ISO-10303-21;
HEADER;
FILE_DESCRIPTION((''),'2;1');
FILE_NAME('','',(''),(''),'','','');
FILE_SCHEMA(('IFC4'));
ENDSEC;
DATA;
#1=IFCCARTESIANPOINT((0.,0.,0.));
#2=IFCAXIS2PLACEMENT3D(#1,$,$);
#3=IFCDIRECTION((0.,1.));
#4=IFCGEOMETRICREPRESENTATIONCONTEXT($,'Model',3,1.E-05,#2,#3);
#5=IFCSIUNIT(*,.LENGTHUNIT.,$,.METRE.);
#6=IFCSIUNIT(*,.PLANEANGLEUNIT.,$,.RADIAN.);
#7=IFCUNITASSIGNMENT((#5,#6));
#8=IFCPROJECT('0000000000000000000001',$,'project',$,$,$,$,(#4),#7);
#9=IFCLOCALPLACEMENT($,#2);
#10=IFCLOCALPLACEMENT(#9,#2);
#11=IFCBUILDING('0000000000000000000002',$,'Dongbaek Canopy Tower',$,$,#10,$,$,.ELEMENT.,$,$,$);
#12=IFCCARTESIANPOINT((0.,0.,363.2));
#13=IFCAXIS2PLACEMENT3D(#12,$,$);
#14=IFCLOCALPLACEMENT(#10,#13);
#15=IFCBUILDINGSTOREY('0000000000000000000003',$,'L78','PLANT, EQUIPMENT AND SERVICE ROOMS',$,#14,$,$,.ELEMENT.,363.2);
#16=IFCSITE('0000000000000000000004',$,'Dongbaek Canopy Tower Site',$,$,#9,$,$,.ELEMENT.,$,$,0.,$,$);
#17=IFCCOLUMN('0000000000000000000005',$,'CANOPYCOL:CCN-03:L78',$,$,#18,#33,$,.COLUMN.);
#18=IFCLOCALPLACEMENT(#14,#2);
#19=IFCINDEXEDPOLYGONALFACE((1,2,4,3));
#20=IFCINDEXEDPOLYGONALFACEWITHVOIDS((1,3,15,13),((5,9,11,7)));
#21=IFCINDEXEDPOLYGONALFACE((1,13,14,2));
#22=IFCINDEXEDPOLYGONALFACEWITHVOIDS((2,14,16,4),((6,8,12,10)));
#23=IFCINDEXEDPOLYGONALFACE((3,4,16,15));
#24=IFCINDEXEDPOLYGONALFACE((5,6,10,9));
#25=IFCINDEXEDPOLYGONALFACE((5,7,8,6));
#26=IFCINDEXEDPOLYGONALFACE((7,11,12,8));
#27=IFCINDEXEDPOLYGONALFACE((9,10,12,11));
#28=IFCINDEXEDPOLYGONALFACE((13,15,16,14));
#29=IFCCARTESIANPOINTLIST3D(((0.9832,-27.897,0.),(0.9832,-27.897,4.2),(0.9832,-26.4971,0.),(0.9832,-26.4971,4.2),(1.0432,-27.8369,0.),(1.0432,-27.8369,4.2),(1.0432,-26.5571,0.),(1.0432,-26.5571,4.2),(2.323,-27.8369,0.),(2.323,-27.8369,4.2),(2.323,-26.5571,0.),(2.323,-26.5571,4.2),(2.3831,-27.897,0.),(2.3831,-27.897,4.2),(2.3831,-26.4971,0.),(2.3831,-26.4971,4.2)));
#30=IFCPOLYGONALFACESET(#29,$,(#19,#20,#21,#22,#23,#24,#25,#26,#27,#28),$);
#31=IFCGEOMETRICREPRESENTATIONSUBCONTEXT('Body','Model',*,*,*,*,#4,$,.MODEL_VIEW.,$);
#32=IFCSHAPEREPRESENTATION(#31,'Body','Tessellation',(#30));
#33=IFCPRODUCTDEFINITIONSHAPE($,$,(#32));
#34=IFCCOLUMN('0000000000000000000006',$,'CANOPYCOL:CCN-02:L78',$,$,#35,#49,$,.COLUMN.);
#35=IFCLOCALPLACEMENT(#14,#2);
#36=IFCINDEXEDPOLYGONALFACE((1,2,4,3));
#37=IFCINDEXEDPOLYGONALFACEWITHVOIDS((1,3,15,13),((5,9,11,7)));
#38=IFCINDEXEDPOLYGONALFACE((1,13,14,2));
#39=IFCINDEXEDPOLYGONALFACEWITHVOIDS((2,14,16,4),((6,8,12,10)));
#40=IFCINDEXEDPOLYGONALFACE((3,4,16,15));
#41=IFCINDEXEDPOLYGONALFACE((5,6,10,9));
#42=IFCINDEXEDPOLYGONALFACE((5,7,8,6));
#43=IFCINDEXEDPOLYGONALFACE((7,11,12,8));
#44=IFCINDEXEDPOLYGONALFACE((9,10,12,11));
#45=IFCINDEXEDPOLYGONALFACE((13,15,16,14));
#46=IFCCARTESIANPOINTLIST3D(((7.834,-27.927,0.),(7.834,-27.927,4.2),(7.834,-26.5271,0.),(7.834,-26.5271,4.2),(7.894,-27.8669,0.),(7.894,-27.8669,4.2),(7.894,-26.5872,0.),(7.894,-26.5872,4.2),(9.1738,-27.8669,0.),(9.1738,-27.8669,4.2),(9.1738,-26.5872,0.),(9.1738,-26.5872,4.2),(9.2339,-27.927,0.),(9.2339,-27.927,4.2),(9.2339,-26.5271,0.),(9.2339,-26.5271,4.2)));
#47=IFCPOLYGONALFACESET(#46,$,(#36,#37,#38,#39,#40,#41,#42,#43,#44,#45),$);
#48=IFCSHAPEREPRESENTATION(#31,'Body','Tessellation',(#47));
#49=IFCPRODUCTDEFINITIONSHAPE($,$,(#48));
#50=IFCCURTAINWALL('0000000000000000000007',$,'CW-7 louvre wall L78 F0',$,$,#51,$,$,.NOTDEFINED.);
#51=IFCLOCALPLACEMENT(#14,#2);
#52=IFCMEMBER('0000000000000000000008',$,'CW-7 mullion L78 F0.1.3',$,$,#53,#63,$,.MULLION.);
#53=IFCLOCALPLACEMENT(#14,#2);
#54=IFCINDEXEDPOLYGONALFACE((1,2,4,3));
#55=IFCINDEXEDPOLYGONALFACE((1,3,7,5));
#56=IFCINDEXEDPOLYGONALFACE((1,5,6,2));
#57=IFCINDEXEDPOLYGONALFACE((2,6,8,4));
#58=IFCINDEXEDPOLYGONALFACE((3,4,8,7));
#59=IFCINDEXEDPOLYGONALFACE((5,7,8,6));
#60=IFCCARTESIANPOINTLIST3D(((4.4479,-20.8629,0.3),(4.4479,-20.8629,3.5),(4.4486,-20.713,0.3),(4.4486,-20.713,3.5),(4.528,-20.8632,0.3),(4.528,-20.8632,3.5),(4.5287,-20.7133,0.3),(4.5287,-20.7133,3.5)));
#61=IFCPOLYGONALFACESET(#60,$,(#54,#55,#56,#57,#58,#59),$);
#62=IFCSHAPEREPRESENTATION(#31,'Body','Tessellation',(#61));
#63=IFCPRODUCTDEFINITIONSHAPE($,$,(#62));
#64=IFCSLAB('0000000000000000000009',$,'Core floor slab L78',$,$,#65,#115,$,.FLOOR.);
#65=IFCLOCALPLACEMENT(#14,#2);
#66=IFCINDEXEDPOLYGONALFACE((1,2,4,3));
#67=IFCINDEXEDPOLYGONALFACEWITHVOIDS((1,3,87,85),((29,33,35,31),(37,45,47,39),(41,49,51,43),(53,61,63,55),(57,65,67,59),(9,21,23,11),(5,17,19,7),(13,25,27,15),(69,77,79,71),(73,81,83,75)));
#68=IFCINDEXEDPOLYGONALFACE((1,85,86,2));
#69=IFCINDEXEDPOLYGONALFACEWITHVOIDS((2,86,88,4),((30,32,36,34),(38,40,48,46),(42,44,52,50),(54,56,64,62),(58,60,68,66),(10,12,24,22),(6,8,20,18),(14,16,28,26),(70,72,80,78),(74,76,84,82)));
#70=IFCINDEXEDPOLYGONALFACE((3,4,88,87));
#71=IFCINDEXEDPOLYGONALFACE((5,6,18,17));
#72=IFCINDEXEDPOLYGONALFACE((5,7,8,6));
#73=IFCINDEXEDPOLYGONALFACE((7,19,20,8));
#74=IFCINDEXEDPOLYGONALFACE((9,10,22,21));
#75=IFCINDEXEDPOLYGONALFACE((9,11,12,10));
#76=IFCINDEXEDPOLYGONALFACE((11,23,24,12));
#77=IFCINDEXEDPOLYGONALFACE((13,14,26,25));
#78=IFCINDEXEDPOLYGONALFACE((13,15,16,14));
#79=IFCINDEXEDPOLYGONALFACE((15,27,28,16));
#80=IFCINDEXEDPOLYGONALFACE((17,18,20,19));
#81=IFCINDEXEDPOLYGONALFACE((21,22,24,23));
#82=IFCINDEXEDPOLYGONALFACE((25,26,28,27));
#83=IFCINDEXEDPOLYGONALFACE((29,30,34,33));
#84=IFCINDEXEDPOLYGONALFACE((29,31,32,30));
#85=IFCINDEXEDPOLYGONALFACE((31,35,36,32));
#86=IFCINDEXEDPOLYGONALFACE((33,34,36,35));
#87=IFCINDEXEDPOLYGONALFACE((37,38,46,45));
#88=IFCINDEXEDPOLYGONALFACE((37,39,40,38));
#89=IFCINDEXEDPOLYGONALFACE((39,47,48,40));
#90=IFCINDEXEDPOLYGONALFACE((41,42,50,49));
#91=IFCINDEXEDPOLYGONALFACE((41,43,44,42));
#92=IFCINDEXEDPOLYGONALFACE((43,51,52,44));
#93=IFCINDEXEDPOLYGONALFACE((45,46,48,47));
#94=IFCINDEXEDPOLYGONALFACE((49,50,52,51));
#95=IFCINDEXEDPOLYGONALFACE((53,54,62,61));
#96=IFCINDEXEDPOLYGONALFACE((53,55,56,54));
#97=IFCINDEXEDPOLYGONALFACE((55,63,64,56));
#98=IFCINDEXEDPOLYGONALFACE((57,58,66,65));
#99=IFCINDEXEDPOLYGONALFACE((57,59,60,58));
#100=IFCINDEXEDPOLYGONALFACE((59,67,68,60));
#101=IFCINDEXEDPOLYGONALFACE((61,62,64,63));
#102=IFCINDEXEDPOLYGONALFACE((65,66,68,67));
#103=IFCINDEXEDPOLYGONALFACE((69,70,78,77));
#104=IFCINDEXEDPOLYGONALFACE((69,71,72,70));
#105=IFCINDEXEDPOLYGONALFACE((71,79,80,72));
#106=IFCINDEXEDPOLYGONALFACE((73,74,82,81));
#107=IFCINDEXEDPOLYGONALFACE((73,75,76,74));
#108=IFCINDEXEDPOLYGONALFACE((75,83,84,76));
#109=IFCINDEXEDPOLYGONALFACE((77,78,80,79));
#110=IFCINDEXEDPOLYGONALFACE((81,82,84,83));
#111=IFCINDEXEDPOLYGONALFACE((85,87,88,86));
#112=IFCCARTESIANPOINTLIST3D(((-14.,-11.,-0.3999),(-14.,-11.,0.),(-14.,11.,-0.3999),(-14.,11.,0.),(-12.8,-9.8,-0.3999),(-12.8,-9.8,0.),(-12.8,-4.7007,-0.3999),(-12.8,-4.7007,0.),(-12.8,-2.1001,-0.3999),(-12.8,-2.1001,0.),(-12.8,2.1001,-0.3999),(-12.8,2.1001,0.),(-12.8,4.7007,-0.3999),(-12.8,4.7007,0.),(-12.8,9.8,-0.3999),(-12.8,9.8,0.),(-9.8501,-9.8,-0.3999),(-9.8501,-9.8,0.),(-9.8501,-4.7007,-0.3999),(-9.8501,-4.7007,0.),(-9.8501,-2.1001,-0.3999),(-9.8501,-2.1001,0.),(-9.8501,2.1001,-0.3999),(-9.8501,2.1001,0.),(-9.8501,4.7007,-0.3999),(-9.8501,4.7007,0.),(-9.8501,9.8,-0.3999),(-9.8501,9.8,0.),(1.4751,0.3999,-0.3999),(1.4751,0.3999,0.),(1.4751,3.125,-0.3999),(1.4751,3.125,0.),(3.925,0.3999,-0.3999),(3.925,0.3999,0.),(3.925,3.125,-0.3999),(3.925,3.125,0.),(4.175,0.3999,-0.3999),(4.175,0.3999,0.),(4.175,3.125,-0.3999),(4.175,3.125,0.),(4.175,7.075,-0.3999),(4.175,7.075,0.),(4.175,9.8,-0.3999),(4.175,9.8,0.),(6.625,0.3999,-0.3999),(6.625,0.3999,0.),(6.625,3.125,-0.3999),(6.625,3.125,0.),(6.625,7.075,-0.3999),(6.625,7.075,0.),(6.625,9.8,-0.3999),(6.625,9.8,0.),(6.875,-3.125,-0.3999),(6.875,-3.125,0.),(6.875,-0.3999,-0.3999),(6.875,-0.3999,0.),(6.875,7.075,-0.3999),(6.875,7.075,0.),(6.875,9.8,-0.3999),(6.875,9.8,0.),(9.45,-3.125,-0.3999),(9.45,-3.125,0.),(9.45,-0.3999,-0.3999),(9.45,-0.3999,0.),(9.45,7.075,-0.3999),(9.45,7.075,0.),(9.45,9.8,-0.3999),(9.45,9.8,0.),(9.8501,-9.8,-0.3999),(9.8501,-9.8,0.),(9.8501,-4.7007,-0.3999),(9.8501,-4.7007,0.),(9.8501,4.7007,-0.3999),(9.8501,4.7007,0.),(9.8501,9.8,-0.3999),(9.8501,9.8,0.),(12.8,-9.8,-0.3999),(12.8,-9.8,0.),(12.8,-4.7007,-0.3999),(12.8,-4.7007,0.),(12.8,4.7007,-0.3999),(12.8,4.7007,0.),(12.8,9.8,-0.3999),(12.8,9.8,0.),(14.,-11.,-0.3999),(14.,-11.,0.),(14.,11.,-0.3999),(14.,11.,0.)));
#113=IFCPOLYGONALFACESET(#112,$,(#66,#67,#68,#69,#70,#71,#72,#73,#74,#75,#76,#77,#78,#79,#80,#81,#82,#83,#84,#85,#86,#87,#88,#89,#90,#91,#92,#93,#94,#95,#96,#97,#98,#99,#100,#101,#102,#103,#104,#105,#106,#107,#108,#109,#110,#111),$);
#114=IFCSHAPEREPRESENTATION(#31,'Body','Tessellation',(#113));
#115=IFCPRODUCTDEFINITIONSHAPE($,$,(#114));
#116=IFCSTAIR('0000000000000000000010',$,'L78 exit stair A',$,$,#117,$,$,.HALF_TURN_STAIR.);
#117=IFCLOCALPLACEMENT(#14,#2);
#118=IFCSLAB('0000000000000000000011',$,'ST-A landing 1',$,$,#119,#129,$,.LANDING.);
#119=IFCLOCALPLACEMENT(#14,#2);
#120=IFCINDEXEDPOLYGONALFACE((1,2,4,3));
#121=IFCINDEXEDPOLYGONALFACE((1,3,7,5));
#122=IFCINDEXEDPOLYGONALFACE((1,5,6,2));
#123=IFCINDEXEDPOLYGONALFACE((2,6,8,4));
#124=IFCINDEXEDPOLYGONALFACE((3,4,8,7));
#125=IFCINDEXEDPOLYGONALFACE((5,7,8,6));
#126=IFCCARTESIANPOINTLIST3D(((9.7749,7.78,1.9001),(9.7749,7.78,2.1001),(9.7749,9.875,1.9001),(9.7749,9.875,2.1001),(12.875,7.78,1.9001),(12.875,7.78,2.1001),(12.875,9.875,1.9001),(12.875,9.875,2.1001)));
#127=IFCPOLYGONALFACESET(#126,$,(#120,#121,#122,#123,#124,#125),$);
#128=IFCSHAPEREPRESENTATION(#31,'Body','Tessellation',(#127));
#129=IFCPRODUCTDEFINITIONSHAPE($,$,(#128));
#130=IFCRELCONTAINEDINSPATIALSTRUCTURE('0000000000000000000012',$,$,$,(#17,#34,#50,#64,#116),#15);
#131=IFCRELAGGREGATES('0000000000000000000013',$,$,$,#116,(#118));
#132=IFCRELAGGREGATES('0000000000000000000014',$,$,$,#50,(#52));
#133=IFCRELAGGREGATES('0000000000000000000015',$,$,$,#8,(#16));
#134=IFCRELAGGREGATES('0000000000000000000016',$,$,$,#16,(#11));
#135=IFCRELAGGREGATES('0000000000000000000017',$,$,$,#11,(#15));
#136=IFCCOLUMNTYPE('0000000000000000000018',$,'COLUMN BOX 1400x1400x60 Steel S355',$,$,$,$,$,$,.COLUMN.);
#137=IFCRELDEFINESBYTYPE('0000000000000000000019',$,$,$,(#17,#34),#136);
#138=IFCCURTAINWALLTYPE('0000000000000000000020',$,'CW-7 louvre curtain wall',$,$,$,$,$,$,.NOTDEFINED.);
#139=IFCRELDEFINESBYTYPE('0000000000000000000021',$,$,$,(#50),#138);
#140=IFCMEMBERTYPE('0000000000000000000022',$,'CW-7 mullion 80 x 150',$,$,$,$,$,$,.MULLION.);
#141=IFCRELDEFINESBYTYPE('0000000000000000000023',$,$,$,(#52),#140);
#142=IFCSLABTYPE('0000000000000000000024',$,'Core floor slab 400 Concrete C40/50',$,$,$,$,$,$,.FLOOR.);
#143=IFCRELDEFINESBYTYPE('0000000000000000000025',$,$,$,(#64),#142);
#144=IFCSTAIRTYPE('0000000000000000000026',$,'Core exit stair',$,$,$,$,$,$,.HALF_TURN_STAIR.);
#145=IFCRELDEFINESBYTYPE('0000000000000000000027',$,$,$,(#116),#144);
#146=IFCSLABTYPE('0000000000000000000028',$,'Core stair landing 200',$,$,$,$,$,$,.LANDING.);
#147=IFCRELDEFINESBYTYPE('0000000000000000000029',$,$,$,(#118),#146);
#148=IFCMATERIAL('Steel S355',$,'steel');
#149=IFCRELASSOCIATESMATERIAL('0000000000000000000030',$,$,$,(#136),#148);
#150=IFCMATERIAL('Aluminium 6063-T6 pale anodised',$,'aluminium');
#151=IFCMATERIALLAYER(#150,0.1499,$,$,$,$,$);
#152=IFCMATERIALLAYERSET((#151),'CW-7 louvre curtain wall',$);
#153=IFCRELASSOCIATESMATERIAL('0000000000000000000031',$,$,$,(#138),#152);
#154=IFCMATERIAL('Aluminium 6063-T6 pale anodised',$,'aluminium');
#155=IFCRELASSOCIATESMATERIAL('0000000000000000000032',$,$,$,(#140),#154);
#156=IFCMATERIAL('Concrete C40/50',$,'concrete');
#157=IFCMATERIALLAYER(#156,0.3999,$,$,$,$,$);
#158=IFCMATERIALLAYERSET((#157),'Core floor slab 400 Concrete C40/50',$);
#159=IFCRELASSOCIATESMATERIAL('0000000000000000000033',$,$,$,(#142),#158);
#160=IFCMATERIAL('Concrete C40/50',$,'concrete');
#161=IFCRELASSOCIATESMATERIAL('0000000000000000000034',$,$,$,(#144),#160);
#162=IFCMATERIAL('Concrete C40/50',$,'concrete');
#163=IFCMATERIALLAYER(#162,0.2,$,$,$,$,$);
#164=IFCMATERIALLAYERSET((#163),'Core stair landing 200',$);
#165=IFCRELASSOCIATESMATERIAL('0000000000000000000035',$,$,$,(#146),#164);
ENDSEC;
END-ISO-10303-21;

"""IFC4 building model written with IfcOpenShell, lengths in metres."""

from ifc_helpers import new_model, si_unit, direction, frame, origin, origin_2d, place, context, subcontext, project, spatial, polyline, rectangle, hollow_rectangle, outline, extrude, material, layer, layer_set, material_profile, profile_set, type_object, element, aggregate, save


model = new_model("IFC4")

# Units and contexts
model_context = context("Model", 3, precision=1e-05, world=origin(), true_north=direction((0.0, 1.0)))
body_context = subcontext(model_context, "Body", "Model", "MODEL_VIEW")
ifc_project = project(units=[si_unit("LENGTHUNIT", "METRE"), si_unit("PLANEANGLEUNIT", "RADIAN")], contexts=[model_context])

# Site, building, storey
site_placement = place(None, origin())
site = spatial("IfcSite", under=ifc_project, at=site_placement, Name="Dongbaek Canopy Tower Site", CompositionType="ELEMENT", RefElevation=0.0)
building_placement = place(site_placement, origin())
building = spatial("IfcBuilding", under=site, at=building_placement, Name="Dongbaek Canopy Tower", CompositionType="ELEMENT")
storey_placement = place(building_placement, frame((0.0, 0.0, 363.2)))
storey = spatial("IfcBuildingStorey", under=building, at=storey_placement, Name="L78", Description="PLANT, EQUIPMENT AND SERVICE ROOMS", CompositionType="ELEMENT", Elevation=363.2)

# Columns
ifc_material_1 = material(Name="Steel S355", Category="steel")
ifc_material_profile_1 = material_profile(ifc_material_1, hollow_rectangle(XDim=1.3999, YDim=1.3999, WallThickness=0.0601, at=origin_2d()), Name="COLUMN BOX 1400x1400x60 Steel S355")
ifc_profile_set_1 = profile_set([ifc_material_profile_1], Name="Steel S355")
column_type = type_object("IfcColumnType", Name="COLUMN BOX 1400x1400x60 Steel S355", PredefinedType="COLUMN", material=ifc_profile_set_1)
for number, where, z_axis, x_axis, name in (
    (1, (1.6831, -27.197, 0.0), (0.0, 0.0, 1.0), (1.0, 0.0, 0.0), "CANOPYCOL:CCN-03:L78"),
    (2, (8.5339, -27.2271, 0.0), (0.0, 0.0, 1.0), (1.0, 0.0, 0.0), "CANOPYCOL:CCN-02:L78"),
):
    element("IfcColumn", number, at=place(storey_placement, frame(where, z_axis=z_axis, x_axis=x_axis)), inside=storey, type_object=column_type, Name=name, PredefinedType="COLUMN", context=body_context, shape_type="SweptSolid", body=[
        extrude(hollow_rectangle(XDim=1.3999, YDim=1.3999, WallThickness=0.0601, at=origin_2d()), origin(), (0.0, 0.0, 1.0), 4.2),
    ])

# Curtain wall, member
ifc_material_2 = material(Name="Aluminium 6063-T6 pale anodised", Category="aluminium")
ifc_layer_1 = layer(ifc_material_2, 0.1499)
ifc_layer_set_1 = layer_set([ifc_layer_1], Name="CW-7 louvre curtain wall")
curtain_wall_type = type_object("IfcCurtainWallType", Name="CW-7 louvre curtain wall", PredefinedType="NOTDEFINED", material=ifc_layer_set_1)
curtain_wall_placement = place(storey_placement, origin())
curtain_wall = element("IfcCurtainWall", 3, at=curtain_wall_placement, inside=storey, type_object=curtain_wall_type, Name="CW-7 louvre wall L78 F0", PredefinedType="NOTDEFINED")
ifc_material_3 = material(Name="Aluminium 6063-T6 pale anodised", Category="aluminium")
ifc_material_profile_2 = material_profile(ifc_material_3, rectangle(XDim=0.1499, YDim=0.0801, at=origin_2d()), Name="CW-7 mullion 80 x 150")
ifc_profile_set_2 = profile_set([ifc_material_profile_2], Name="Aluminium 6063-T6 pale anodised")
member_type = type_object("IfcMemberType", Name="CW-7 mullion 80 x 150", PredefinedType="MULLION", material=ifc_profile_set_2)
member_placement = place(storey_placement, frame((4.4883, -20.7881, 0.3), z_axis=(0.0, 0.0, 1.0), x_axis=(-0.004466, -0.99999, 0.0)))
member = element("IfcMember", 4, at=member_placement, type_object=member_type, Name="CW-7 mullion L78 F0.1.3", PredefinedType="MULLION", context=body_context, shape_type="SweptSolid", body=[
    extrude(rectangle(XDim=0.1499, YDim=0.0801, at=origin_2d()), origin(), (0.0, 0.0, 1.0), 3.2),
])

# Slab
ifc_material_4 = material(Name="Concrete C40/50", Category="concrete")
ifc_layer_2 = layer(ifc_material_4, 0.3999)
ifc_layer_set_2 = layer_set([ifc_layer_2], Name="Core floor slab 400 Concrete C40/50")
slab_type_1 = type_object("IfcSlabType", Name="Core floor slab 400 Concrete C40/50", PredefinedType="FLOOR", material=ifc_layer_set_2)
slab_1_placement = place(storey_placement, frame((0.0, 0.0, -0.3999)))
element("IfcSlab", 5, at=slab_1_placement, inside=storey, type_object=slab_type_1, Name="Core floor slab L78", PredefinedType="FLOOR", context=body_context, shape_type="SweptSolid", body=[
    extrude(outline(polyline([(14.0, -11.0), (14.0, 11.0), (-14.0, 11.0), (-14.0, -11.0), (14.0, -11.0)]), holes=[polyline([(-12.8, 2.1001), (-9.8501, 2.1001), (-9.8501, -2.1001), (-12.8, -2.1001), (-12.8, 2.1001)]), polyline([(6.625, 9.8), (6.625, 7.075), (4.175, 7.075), (4.175, 9.8), (6.625, 9.8)]), polyline([(9.45, 7.075), (6.875, 7.075), (6.875, 9.8), (9.45, 9.8), (9.45, 7.075)]), polyline([(1.4751, 0.3999), (1.4751, 3.125), (3.925, 3.125), (3.925, 0.3999), (1.4751, 0.3999)]), polyline([(4.175, 0.3999), (4.175, 3.125), (6.625, 3.125), (6.625, 0.3999), (4.175, 0.3999)]), polyline([(9.45, -3.125), (6.875, -3.125), (6.875, -0.3999), (9.45, -0.3999), (9.45, -3.125)]), polyline([(12.8, 4.7007), (12.8, 9.8), (9.8501, 9.8), (9.8501, 4.7007), (12.8, 4.7007)]), polyline([(-9.8501, 4.7007), (-9.8501, 9.8), (-12.8, 9.8), (-12.8, 4.7007), (-9.8501, 4.7007)]), polyline([(9.8501, -4.7007), (9.8501, -9.8), (12.8, -9.8), (12.8, -4.7007), (9.8501, -4.7007)]), polyline([(-12.8, -4.7007), (-12.8, -9.8), (-9.8501, -9.8), (-9.8501, -4.7007), (-12.8, -4.7007)])]), origin(), (0.0, 0.0, 1.0), 0.3999),
])

# Stair, slab
ifc_material_5 = material(Name="Concrete C40/50", Category="concrete")
stair_type = type_object("IfcStairType", Name="Core exit stair", PredefinedType="HALF_TURN_STAIR", material=ifc_material_5)
stair_placement = place(storey_placement, origin())
stair = element("IfcStair", 6, at=stair_placement, inside=storey, type_object=stair_type, Name="L78 exit stair A", PredefinedType="HALF_TURN_STAIR")
ifc_material_6 = material(Name="Concrete C40/50", Category="concrete")
ifc_layer_3 = layer(ifc_material_6, 0.2)
ifc_layer_set_3 = layer_set([ifc_layer_3], Name="Core stair landing 200")
slab_type_2 = type_object("IfcSlabType", Name="Core stair landing 200", PredefinedType="LANDING", material=ifc_layer_set_3)
slab_2_placement = place(storey_placement, frame((0.0, 0.0, 1.9001)))
slab_2 = element("IfcSlab", 7, at=slab_2_placement, type_object=slab_type_2, Name="ST-A landing 1", PredefinedType="LANDING", context=body_context, shape_type="SweptSolid", body=[
    extrude(outline(polyline([(12.875, 7.78), (12.875, 9.875), (9.7749, 9.875), (9.7749, 7.78), (12.875, 7.78)])), origin(), (0.0, 0.0, 1.0), 0.2),
])
aggregate(stair, [slab_2])

aggregate(curtain_wall, [member])

save(model, "model.ifc")
